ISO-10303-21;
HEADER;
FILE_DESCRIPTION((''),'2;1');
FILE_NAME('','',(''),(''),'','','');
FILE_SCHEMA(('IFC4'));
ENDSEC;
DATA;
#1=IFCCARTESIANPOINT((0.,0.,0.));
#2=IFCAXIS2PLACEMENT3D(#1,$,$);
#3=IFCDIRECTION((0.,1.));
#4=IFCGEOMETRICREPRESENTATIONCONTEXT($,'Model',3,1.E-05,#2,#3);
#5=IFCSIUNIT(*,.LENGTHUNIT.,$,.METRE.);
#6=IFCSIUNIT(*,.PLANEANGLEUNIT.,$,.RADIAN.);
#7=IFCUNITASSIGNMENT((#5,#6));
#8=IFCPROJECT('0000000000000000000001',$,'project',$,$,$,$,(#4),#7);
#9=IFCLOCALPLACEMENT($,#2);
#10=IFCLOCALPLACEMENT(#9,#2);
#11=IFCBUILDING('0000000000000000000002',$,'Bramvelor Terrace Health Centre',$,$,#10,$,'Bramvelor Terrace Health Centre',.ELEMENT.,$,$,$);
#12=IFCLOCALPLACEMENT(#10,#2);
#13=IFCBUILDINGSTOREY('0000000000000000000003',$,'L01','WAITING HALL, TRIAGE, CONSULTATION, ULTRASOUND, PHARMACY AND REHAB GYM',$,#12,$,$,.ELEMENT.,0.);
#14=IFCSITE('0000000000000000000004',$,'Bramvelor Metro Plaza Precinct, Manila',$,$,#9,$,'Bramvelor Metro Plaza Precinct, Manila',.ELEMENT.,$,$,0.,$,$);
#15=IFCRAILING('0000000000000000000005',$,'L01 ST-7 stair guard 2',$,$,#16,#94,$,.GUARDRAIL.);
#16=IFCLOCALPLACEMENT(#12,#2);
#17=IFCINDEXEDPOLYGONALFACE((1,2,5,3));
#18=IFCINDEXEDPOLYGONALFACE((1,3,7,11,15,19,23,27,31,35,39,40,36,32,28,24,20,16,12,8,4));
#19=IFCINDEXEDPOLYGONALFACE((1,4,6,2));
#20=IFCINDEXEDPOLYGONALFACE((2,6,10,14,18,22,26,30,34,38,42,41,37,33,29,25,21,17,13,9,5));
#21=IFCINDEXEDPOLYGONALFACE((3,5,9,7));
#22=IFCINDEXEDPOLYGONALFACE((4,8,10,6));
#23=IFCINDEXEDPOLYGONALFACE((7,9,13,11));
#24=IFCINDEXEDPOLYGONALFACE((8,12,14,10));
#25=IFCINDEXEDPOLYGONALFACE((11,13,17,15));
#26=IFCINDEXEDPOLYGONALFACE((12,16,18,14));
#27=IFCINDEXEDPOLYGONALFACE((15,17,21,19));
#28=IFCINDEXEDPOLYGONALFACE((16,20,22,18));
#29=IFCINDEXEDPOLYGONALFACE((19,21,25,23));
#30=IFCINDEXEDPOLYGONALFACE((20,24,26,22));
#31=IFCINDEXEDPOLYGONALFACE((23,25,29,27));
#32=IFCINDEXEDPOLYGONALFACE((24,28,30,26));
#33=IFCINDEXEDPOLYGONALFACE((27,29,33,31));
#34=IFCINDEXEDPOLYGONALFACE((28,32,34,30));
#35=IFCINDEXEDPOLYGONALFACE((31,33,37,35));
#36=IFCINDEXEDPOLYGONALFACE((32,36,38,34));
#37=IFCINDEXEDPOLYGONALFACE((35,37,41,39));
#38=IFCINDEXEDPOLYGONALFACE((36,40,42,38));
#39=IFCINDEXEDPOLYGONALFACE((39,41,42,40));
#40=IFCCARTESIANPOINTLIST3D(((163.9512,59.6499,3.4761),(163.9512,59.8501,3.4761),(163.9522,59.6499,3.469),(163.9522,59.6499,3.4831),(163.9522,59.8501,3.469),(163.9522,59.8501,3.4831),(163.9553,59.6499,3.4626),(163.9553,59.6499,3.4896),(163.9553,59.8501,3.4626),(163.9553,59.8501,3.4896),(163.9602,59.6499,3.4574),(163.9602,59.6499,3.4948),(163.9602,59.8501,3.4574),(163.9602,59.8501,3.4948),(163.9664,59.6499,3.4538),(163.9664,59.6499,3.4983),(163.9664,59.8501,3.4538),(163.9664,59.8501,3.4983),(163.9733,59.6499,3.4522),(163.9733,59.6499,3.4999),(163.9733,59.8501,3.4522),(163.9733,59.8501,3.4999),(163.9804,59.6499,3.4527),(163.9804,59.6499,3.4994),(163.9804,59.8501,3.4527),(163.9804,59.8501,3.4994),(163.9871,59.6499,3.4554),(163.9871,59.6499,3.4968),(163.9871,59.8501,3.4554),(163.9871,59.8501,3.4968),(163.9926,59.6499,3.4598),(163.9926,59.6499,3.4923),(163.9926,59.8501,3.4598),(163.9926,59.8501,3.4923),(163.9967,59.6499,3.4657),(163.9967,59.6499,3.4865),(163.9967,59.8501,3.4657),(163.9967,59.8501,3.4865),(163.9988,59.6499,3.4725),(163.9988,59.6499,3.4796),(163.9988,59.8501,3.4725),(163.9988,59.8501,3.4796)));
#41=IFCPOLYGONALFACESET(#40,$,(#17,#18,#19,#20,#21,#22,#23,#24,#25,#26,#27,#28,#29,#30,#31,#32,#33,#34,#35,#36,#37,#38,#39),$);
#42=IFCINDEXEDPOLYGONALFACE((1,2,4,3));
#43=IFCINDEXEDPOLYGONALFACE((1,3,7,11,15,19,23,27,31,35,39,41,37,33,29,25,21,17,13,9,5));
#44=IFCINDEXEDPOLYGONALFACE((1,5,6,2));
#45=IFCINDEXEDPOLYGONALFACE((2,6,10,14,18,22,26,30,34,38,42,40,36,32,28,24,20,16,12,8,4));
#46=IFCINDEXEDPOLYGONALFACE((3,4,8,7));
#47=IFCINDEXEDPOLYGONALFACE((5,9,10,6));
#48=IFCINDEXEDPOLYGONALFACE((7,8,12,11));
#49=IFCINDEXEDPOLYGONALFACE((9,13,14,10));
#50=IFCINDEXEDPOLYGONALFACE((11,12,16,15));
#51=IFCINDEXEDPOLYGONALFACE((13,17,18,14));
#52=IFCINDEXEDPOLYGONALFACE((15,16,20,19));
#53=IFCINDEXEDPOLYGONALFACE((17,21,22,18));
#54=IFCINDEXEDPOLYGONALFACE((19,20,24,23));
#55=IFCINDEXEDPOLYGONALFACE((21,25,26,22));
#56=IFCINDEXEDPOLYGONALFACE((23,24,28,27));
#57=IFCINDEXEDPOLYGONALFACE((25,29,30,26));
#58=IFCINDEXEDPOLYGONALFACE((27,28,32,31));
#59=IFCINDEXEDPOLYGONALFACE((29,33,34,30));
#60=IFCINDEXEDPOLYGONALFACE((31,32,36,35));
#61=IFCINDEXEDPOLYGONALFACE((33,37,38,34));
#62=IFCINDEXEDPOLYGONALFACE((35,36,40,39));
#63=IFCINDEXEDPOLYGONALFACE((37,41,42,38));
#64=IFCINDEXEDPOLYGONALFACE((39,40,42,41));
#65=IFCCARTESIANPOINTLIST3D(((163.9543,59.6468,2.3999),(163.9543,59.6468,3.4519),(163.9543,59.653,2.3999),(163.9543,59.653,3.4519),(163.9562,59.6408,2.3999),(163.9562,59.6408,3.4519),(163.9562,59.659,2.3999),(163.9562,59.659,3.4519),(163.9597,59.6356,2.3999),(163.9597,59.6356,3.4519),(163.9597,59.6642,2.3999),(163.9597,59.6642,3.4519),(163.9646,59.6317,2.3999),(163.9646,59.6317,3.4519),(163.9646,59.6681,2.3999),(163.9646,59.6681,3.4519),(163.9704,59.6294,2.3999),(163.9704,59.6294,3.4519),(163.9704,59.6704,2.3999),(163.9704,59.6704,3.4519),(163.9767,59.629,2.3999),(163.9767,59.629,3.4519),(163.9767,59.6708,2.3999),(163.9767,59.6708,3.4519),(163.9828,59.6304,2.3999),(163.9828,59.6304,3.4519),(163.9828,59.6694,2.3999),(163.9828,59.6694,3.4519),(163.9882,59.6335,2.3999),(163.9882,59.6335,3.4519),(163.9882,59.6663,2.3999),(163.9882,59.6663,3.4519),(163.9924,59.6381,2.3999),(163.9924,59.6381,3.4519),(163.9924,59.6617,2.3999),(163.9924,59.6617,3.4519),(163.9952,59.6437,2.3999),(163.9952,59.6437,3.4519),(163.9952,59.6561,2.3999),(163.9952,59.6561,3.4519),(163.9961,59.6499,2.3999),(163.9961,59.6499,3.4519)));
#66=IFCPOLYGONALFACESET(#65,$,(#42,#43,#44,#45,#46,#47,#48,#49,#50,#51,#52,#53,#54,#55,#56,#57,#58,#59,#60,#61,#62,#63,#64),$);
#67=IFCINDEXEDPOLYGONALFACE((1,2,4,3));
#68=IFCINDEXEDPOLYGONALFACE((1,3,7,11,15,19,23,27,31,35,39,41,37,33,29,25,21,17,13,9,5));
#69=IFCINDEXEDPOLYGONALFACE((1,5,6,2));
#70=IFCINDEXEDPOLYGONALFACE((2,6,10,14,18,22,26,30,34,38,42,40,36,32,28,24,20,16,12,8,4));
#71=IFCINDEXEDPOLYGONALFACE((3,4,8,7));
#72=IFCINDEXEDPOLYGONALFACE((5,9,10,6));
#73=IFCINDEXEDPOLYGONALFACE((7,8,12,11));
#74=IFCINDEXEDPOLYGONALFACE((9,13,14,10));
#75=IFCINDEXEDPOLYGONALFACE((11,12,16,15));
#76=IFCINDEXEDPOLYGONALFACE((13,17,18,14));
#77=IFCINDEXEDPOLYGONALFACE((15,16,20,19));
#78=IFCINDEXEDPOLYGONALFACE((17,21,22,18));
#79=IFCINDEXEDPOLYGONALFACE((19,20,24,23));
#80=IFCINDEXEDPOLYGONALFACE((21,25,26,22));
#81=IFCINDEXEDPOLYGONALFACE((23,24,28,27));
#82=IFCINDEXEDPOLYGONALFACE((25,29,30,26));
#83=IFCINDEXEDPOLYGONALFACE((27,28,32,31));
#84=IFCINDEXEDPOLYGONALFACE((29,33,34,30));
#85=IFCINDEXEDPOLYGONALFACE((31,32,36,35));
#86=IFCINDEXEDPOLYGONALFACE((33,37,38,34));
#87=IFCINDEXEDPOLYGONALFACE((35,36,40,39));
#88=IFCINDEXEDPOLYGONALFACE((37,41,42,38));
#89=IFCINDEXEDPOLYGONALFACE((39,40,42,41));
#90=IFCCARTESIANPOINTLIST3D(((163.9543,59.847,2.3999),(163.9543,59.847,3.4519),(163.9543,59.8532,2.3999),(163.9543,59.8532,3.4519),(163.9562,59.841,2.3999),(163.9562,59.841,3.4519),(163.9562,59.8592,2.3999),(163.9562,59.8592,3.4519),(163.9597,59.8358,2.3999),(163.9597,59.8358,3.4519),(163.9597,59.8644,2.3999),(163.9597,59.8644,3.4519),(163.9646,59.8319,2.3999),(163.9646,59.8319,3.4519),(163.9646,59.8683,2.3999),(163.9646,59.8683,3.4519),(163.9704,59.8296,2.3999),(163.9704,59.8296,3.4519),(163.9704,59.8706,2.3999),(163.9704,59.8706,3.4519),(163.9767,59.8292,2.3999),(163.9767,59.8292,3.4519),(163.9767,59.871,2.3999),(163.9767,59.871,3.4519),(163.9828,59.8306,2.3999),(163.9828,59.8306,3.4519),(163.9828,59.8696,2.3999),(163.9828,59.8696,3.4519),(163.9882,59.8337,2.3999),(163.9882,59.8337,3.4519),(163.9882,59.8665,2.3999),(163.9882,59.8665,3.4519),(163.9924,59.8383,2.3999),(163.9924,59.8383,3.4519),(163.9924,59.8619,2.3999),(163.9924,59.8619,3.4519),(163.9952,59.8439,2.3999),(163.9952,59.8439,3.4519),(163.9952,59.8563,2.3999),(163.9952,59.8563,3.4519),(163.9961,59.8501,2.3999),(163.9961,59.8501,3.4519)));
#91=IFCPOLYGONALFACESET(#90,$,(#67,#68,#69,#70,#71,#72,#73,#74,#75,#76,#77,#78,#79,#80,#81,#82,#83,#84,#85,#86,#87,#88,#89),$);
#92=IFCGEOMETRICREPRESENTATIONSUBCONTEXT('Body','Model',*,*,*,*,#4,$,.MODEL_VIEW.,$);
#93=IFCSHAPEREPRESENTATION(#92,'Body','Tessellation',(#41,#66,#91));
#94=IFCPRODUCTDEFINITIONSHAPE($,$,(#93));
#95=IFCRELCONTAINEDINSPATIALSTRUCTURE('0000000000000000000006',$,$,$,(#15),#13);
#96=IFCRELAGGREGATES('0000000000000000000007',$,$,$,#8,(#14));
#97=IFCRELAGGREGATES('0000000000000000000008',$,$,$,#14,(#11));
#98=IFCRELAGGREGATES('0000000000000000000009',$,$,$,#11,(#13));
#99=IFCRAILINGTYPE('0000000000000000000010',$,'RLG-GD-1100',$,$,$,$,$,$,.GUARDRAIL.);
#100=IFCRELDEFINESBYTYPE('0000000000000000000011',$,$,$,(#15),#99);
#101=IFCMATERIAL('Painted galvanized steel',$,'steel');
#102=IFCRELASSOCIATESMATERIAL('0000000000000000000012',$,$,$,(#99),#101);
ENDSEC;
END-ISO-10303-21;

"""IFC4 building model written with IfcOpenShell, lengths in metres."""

from ifc_helpers import new_model, si_unit, direction, frame, origin, origin_2d, place, context, subcontext, project, spatial, circle, extrude, material, type_object, element, save


model = new_model("IFC4")

# Units and contexts
model_context = context("Model", 3, precision=1e-05, world=origin(), true_north=direction((0.0, 1.0)))
body_context = subcontext(model_context, "Body", "Model", "MODEL_VIEW")
ifc_project = project(units=[si_unit("LENGTHUNIT", "METRE"), si_unit("PLANEANGLEUNIT", "RADIAN")], contexts=[model_context])

# Site, building, storey
site_placement = place(None, origin())
site = spatial("IfcSite", under=ifc_project, at=site_placement, Name="Bramvelor Metro Plaza Precinct, Manila", LongName="Bramvelor Metro Plaza Precinct, Manila", CompositionType="ELEMENT", RefElevation=0.0)
building_placement = place(site_placement, origin())
building = spatial("IfcBuilding", under=site, at=building_placement, Name="Bramvelor Terrace Health Centre", LongName="Bramvelor Terrace Health Centre", CompositionType="ELEMENT")
storey_placement = place(building_placement, origin())
storey = spatial("IfcBuildingStorey", under=building, at=storey_placement, Name="L01", Description="WAITING HALL, TRIAGE, CONSULTATION, ULTRASOUND, PHARMACY AND REHAB GYM", CompositionType="ELEMENT", Elevation=0.0)

# Railing
ifc_material_1 = material(Name="Painted galvanized steel", Category="steel")
railing_type_1 = type_object("IfcRailingType", Name="RLG-GD-1100", PredefinedType="GUARDRAIL", material=ifc_material_1)
railing_1_placement = place(storey_placement, frame((163.9751, 59.6499, 2.3999)))
element("IfcRailing", 1, at=railing_1_placement, inside=storey, type_object=railing_type_1, Name="L01 ST-7 stair guard 2", PredefinedType="GUARDRAIL", context=body_context, shape_type="SweptSolid", body=[
    extrude(circle(Radius=0.0239, at=origin_2d()), frame((0.0, 0.0, 1.0762), z_axis=(0.0, 1.0, 0.0), x_axis=(-1.0, 0.0, 0.0)), (0.0, 0.0, 1.0), 0.2002),
    extrude(circle(Radius=0.021, at=origin_2d()), origin(), (0.0, 0.0, 1.0), 1.052),
    extrude(circle(Radius=0.021, at=origin_2d()), frame((0.0, 0.2002, 0.0)), (0.0, 0.0, 1.0), 1.052),
])

save(model, "model.ifc")
